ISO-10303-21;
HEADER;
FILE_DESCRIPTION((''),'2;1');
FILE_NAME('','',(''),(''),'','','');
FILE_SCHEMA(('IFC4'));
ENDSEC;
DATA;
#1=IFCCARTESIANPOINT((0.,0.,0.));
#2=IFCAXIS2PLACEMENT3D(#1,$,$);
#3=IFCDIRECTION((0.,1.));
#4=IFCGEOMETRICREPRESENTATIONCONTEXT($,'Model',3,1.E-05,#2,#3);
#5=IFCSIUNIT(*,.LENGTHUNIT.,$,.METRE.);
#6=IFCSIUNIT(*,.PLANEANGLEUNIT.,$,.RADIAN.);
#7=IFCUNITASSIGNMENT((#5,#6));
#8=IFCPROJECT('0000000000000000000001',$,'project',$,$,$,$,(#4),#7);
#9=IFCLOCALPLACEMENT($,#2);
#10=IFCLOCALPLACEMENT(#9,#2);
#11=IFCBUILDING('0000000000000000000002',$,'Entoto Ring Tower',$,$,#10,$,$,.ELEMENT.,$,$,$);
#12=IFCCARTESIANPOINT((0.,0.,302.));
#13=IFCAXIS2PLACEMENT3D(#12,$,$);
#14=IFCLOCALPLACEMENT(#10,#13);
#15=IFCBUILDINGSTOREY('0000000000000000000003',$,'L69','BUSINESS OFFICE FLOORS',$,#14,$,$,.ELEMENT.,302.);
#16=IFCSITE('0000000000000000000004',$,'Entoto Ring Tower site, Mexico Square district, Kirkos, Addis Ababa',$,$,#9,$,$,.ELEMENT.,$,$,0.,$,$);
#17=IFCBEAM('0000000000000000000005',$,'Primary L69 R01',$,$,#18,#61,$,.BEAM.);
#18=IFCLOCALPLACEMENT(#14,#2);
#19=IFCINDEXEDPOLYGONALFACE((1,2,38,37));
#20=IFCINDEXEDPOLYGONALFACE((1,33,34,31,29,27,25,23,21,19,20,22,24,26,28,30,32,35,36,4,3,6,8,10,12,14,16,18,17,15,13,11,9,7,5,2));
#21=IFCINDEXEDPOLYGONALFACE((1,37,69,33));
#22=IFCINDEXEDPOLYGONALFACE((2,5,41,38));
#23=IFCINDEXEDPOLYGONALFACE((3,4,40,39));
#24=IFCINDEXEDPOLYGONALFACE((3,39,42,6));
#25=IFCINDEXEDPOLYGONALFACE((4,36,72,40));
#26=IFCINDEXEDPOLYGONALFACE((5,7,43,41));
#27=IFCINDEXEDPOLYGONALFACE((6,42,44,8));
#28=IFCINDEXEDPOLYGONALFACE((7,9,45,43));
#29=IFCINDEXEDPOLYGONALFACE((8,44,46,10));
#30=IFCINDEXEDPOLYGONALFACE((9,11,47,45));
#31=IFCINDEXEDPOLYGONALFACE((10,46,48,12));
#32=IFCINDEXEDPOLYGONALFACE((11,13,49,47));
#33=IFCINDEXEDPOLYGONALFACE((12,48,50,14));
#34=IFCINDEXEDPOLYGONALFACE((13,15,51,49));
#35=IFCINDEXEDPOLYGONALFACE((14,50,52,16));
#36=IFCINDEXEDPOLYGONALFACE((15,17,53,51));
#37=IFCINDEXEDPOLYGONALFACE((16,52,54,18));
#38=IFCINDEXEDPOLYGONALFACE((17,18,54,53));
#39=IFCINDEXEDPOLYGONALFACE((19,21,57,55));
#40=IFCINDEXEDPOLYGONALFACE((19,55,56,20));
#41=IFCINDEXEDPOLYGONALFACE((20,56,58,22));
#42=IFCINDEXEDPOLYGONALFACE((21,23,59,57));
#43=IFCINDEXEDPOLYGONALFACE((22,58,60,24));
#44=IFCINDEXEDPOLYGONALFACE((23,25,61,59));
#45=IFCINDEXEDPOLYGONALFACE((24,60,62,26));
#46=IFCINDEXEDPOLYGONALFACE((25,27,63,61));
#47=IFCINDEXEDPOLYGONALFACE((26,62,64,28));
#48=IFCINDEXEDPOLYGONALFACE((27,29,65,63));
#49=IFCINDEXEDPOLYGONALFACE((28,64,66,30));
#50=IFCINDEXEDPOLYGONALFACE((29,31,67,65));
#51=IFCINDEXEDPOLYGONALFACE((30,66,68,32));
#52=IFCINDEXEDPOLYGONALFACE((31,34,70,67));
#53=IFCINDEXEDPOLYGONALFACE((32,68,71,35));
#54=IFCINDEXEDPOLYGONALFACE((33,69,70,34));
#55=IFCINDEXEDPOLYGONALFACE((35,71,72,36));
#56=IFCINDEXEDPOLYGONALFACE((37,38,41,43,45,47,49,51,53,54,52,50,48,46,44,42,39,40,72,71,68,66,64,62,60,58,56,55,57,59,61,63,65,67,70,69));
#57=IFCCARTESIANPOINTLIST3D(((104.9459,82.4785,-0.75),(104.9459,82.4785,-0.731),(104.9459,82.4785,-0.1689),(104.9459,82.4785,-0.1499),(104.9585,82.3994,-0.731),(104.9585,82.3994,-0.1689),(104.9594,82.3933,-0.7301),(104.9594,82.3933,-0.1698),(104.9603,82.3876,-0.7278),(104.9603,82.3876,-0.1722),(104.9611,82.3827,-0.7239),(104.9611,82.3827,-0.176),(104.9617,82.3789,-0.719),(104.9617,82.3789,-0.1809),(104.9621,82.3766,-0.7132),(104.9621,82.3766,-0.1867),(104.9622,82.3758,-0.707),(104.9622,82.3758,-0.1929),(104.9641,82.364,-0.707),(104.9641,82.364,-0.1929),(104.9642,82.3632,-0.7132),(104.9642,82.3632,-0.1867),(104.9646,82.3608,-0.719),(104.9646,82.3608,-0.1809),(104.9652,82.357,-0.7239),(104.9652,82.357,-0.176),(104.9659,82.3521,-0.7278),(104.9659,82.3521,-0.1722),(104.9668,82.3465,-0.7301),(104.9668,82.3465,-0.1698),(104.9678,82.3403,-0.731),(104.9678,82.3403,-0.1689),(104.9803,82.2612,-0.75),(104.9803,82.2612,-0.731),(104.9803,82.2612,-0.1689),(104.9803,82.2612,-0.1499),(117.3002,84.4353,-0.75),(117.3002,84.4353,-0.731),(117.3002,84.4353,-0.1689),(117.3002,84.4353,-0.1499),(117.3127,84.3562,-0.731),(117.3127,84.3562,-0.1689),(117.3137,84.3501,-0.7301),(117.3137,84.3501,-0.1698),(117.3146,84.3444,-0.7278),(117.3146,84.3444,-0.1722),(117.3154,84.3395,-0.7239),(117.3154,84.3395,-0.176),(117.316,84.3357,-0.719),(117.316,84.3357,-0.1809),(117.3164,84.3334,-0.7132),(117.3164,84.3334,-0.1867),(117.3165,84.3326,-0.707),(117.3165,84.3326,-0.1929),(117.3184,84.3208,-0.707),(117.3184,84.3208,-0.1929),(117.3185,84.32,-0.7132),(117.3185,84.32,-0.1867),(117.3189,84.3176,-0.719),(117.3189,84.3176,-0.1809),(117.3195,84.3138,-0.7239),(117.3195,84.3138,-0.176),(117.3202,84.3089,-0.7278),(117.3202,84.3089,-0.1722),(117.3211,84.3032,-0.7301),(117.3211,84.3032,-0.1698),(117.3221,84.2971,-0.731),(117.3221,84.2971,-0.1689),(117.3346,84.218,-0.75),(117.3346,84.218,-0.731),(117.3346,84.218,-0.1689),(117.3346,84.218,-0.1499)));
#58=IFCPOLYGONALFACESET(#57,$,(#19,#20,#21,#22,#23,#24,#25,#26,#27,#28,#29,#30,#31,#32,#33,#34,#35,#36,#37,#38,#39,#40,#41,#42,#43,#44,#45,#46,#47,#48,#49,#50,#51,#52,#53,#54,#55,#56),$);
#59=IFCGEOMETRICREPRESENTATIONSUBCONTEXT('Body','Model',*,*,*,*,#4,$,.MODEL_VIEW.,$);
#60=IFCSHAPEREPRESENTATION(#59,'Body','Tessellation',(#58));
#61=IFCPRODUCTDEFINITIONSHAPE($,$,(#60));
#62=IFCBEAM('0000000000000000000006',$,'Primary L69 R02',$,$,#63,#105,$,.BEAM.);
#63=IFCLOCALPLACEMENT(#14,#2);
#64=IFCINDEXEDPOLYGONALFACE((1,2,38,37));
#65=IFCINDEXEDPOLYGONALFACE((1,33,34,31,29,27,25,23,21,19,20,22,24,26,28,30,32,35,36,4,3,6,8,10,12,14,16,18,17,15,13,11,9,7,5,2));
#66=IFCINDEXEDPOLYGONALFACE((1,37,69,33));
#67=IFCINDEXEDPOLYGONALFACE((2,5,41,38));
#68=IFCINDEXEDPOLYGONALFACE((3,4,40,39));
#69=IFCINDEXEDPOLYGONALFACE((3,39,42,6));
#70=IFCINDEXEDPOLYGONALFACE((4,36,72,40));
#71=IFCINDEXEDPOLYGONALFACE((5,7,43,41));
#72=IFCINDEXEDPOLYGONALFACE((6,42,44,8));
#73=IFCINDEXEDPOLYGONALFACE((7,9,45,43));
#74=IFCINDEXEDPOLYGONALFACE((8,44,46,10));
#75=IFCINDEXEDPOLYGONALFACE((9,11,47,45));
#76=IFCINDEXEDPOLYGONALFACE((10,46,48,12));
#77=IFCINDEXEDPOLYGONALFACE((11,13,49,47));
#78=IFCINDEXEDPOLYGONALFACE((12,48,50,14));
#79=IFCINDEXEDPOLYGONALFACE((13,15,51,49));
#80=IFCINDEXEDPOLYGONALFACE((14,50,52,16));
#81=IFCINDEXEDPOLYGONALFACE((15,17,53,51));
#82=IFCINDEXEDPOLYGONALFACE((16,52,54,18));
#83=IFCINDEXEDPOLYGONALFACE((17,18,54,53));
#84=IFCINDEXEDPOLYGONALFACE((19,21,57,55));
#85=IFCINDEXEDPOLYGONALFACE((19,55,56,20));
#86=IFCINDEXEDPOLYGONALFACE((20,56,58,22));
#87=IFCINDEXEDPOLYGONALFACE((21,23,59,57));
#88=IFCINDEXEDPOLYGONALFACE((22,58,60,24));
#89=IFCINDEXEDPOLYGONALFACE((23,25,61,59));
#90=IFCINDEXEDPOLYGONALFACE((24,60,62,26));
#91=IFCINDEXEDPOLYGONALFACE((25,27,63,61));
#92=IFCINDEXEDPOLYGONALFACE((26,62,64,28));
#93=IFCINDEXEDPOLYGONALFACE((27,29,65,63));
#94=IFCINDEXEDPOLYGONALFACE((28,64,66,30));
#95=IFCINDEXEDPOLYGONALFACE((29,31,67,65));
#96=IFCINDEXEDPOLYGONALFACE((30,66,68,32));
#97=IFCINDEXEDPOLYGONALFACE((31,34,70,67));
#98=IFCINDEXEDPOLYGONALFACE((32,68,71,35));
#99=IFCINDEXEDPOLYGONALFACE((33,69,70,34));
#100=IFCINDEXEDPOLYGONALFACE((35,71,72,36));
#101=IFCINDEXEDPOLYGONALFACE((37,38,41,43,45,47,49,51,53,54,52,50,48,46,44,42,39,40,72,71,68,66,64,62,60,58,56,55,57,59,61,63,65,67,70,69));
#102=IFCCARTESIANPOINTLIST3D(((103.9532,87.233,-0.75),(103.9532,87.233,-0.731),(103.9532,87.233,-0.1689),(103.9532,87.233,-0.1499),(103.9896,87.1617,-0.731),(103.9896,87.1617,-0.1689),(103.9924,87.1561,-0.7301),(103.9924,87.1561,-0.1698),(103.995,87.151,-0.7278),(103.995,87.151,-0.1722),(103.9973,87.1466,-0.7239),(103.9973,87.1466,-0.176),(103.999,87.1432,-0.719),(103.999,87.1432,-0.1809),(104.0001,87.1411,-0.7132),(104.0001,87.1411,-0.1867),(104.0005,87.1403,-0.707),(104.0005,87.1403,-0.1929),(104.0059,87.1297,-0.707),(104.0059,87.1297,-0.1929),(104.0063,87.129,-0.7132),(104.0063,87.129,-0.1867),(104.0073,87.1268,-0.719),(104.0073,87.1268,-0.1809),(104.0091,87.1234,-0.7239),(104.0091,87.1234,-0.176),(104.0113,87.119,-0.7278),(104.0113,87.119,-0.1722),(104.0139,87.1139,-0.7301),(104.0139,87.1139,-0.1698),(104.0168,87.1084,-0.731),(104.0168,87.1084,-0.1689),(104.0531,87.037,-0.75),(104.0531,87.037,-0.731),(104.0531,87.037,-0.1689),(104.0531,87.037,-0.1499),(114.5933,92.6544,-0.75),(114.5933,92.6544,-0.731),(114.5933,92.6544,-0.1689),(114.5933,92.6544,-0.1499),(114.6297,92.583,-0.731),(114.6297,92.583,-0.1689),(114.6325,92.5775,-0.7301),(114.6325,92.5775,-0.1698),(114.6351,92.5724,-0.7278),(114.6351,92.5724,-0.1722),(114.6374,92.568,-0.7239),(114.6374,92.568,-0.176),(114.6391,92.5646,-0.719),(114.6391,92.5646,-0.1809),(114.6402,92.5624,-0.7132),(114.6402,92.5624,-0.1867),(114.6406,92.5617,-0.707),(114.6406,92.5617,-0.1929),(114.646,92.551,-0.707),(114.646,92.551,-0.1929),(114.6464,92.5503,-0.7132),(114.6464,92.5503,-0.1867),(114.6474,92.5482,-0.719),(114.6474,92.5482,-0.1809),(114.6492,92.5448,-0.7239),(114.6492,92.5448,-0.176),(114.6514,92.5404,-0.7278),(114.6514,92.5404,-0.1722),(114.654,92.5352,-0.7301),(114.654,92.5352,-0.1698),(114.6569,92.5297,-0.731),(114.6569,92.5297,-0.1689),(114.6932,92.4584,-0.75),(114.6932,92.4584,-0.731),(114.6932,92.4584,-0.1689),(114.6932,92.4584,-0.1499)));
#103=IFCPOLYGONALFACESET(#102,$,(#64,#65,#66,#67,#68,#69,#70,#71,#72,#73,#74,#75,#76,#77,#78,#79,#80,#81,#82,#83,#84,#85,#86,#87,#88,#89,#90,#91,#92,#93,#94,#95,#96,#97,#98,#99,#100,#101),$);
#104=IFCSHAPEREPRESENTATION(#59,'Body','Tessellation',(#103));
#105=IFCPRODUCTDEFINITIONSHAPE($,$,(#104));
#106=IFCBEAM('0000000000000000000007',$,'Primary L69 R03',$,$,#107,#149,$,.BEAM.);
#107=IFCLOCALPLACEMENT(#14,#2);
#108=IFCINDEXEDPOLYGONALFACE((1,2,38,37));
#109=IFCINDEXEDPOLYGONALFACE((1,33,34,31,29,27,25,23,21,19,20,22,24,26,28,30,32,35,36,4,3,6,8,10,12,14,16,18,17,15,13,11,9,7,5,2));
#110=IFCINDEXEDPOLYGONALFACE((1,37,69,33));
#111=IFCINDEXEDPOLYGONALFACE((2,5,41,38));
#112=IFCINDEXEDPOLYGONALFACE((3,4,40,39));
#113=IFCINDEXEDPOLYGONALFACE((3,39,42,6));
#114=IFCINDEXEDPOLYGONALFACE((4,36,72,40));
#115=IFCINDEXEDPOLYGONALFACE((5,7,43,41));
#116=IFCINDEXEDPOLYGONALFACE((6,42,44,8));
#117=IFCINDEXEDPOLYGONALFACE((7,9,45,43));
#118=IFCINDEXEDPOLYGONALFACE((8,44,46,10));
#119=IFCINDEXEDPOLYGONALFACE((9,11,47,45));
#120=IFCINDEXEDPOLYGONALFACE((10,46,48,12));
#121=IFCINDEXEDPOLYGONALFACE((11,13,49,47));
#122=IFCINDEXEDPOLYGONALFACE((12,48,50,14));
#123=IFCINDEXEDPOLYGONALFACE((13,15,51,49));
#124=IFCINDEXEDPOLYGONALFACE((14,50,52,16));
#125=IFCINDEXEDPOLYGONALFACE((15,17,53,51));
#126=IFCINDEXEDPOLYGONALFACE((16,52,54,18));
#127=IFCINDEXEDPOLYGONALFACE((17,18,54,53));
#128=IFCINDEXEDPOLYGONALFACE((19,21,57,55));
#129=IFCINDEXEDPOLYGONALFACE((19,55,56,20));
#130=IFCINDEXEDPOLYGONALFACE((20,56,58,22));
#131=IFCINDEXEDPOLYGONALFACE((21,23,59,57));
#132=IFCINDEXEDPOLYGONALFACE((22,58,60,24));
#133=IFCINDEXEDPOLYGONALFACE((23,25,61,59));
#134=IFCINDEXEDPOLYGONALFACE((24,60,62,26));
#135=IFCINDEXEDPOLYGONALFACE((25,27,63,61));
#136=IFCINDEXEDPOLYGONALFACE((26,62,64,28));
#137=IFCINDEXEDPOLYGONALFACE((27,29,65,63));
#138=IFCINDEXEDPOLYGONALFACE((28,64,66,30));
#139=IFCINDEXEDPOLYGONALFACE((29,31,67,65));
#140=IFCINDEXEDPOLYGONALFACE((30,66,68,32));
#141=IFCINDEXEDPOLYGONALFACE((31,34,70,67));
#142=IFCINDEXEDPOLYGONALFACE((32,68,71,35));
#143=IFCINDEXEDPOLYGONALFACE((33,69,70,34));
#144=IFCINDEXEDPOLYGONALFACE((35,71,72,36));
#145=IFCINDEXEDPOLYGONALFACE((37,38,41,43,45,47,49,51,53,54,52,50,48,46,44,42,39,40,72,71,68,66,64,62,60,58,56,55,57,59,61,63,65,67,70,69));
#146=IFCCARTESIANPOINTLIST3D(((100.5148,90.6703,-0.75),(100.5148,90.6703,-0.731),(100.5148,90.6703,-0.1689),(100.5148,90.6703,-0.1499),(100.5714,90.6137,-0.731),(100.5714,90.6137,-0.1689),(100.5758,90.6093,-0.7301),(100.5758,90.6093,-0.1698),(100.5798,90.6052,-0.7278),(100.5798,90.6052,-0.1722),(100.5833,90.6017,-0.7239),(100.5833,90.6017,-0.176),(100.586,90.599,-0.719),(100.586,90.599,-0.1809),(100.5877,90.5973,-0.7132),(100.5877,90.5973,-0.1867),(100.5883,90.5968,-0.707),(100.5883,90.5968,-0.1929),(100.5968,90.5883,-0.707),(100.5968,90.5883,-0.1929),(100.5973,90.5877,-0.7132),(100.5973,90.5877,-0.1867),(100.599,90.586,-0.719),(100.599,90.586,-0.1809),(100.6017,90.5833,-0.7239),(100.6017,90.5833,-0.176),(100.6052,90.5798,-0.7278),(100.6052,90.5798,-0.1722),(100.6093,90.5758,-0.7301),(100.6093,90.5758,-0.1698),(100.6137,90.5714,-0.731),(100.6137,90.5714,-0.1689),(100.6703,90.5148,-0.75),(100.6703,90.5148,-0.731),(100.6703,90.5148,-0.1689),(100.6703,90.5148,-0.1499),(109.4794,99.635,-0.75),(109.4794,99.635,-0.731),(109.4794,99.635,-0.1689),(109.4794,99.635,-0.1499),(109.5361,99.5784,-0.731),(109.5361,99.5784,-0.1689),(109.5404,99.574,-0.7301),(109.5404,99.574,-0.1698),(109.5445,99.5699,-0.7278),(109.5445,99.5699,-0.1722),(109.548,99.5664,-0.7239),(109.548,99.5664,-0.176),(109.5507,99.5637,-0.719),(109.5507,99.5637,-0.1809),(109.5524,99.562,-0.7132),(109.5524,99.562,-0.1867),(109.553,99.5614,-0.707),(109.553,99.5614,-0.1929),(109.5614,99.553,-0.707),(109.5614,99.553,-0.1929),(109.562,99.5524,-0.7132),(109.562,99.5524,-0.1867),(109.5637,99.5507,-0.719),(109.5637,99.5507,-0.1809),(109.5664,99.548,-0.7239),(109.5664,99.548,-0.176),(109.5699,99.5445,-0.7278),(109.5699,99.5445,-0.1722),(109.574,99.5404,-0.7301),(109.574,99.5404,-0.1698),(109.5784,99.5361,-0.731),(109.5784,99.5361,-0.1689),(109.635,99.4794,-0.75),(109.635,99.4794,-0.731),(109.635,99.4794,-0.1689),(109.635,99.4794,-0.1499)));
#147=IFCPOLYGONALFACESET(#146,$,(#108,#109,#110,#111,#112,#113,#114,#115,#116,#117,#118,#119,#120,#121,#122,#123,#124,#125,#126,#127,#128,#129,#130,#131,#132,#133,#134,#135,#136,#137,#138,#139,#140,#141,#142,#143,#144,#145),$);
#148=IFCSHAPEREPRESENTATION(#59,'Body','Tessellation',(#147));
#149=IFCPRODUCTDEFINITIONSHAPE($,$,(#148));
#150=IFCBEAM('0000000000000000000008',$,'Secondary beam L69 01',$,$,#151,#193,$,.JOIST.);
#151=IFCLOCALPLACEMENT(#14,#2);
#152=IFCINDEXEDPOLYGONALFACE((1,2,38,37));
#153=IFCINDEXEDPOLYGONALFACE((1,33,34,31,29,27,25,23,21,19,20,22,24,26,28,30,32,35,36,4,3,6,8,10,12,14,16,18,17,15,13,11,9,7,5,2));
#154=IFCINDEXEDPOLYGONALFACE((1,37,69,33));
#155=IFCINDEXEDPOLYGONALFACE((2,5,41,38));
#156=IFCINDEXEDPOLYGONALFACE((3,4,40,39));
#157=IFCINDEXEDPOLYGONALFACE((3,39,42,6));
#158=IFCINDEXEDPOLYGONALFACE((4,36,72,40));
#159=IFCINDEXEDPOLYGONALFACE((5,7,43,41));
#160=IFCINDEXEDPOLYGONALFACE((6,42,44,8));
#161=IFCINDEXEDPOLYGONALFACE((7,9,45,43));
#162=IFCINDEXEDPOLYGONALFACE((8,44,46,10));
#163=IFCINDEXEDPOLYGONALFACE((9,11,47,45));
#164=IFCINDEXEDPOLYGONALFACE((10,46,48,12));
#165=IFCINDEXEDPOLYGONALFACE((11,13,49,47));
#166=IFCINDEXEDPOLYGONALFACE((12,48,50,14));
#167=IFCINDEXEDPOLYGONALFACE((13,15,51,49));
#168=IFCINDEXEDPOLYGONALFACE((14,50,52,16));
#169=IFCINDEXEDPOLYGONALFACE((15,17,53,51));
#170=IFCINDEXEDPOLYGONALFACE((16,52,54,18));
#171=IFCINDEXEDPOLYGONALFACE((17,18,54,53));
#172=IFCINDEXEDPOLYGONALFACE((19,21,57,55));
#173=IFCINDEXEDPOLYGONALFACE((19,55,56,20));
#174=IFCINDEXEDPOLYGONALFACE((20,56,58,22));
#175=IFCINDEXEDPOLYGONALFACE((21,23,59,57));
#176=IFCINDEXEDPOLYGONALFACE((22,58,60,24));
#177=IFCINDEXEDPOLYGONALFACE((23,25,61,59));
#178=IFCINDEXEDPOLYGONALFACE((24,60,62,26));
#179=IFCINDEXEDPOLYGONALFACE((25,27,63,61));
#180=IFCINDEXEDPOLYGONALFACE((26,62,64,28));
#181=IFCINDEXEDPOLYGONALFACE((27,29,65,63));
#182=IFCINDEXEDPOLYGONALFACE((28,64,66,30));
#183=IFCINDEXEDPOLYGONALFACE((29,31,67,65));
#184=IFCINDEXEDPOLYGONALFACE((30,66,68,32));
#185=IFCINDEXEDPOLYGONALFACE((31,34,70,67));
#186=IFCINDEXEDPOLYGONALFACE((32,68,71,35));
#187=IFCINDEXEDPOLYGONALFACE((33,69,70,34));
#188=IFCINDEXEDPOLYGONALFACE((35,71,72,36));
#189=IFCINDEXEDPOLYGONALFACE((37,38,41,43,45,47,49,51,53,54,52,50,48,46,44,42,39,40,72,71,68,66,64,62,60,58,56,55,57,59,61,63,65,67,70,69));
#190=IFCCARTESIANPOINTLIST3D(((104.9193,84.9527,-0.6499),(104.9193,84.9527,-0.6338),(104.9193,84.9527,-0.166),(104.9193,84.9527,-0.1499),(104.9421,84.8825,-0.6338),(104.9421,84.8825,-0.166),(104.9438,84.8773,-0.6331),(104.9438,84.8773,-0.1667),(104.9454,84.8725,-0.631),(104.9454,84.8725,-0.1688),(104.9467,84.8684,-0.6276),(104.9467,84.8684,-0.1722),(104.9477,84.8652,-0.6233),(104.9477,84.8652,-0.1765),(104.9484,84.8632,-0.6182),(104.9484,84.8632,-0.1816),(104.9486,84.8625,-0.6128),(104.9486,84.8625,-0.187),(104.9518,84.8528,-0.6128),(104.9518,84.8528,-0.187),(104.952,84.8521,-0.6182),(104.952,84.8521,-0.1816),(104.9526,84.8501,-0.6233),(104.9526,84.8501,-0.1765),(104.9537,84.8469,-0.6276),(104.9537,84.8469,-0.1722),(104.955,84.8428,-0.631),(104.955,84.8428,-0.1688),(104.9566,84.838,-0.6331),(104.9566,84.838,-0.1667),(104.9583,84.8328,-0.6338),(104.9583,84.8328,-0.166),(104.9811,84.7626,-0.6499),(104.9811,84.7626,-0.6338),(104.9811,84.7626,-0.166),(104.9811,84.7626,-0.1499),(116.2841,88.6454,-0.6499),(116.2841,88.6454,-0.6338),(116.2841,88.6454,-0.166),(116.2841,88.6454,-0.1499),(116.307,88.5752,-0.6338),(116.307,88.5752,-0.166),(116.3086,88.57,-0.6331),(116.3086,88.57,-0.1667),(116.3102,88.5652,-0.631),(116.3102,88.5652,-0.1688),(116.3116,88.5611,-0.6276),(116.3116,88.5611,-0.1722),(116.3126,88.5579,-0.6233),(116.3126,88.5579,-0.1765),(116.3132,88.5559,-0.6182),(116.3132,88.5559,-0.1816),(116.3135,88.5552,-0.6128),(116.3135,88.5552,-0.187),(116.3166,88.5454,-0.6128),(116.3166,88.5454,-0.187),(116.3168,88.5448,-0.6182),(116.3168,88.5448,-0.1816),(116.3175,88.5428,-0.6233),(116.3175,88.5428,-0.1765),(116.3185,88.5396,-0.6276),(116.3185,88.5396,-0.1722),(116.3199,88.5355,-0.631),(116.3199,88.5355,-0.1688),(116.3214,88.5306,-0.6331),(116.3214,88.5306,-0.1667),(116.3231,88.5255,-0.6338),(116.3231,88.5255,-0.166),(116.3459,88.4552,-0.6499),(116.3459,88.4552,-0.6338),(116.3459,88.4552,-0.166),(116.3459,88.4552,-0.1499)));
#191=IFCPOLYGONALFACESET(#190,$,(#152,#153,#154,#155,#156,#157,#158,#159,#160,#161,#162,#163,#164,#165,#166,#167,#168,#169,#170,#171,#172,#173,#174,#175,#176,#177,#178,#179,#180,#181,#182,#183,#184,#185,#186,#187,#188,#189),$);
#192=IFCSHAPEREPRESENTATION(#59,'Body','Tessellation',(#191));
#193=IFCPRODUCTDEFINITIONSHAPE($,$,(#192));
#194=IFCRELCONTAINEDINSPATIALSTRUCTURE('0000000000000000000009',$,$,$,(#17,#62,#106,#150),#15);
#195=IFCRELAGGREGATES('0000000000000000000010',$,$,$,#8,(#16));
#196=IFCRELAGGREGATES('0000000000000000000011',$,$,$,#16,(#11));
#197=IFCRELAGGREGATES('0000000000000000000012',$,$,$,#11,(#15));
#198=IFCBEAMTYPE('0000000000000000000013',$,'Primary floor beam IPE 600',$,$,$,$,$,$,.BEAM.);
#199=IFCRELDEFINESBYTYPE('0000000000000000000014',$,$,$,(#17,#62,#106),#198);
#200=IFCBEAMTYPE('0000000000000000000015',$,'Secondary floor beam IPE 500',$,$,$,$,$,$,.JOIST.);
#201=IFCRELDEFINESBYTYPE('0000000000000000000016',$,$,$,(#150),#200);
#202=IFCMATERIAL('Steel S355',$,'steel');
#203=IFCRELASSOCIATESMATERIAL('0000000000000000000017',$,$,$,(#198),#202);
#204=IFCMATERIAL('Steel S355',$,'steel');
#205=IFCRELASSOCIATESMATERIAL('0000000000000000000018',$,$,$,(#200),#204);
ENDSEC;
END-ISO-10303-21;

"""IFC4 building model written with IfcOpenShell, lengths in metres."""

from ifc_helpers import new_model, si_unit, direction, frame, origin, origin_2d, place, context, subcontext, project, spatial, i_section, extrude, material, material_profile, profile_set, type_object, element, save


model = new_model("IFC4")

# Units and contexts
model_context = context("Model", 3, precision=1e-05, world=origin(), true_north=direction((0.0, 1.0)))
body_context = subcontext(model_context, "Body", "Model", "MODEL_VIEW")
ifc_project = project(units=[si_unit("LENGTHUNIT", "METRE"), si_unit("PLANEANGLEUNIT", "RADIAN")], contexts=[model_context])

# Site, building, storey
site_placement = place(None, origin())
site = spatial("IfcSite", under=ifc_project, at=site_placement, Name="Entoto Ring Tower site, Mexico Square district, Kirkos, Addis Ababa", CompositionType="ELEMENT", RefElevation=0.0)
building_placement = place(site_placement, origin())
building = spatial("IfcBuilding", under=site, at=building_placement, Name="Entoto Ring Tower", CompositionType="ELEMENT")
storey_placement = place(building_placement, frame((0.0, 0.0, 302.0)))
storey = spatial("IfcBuildingStorey", under=building, at=storey_placement, Name="L69", Description="BUSINESS OFFICE FLOORS", CompositionType="ELEMENT", Elevation=302.0)

# Beams
ifc_material_1 = material(Name="Steel S355", Category="steel")
ifc_material_profile_1 = material_profile(ifc_material_1, i_section(OverallWidth=0.22, OverallDepth=0.6001, WebThickness=0.012, FlangeThickness=0.019, FilletRadius=0.0239, at=origin_2d()), Name="IPE 600")
ifc_profile_set_1 = profile_set([ifc_material_profile_1], Name="Steel S355")
beam_type_1 = type_object("IfcBeamType", Name="Primary floor beam IPE 600", PredefinedType="BEAM", material=ifc_profile_set_1)
beam_1_placement = place(storey_placement, frame((104.9631, 82.3699, -0.45), z_axis=(0.987688, 0.15644, 0.0), x_axis=(-0.15644, 0.987688, 0.0)))
element("IfcBeam", 1, at=beam_1_placement, inside=storey, type_object=beam_type_1, Name="Primary L69 R01", PredefinedType="BEAM", context=body_context, shape_type="SweptSolid", body=[
    extrude(i_section(OverallWidth=0.22, OverallDepth=0.6001, WebThickness=0.012, FlangeThickness=0.019, FilletRadius=0.0239, at=origin_2d()), origin(), (0.0, 0.0, 1.0), 12.5083),
])
beam_2_placement = place(storey_placement, frame((104.0032, 87.135, -0.45), z_axis=(0.891008, 0.453988, 0.0), x_axis=(-0.453988, 0.891008, 0.0)))
element("IfcBeam", 2, at=beam_2_placement, inside=storey, type_object=beam_type_1, Name="Primary L69 R02", PredefinedType="BEAM", context=body_context, shape_type="SweptSolid", body=[
    extrude(i_section(OverallWidth=0.22, OverallDepth=0.6001, WebThickness=0.012, FlangeThickness=0.019, FilletRadius=0.0239, at=origin_2d()), origin(), (0.0, 0.0, 1.0), 11.9417),
])
beam_3_placement = place(storey_placement, frame((100.5925, 90.5925, -0.45), z_axis=(0.707107, 0.707107, 0.0), x_axis=(-0.707107, 0.707107, 0.0)))
element("IfcBeam", 3, at=beam_3_placement, inside=storey, type_object=beam_type_1, Name="Primary L69 R03", PredefinedType="BEAM", context=body_context, shape_type="SweptSolid", body=[
    extrude(i_section(OverallWidth=0.22, OverallDepth=0.6001, WebThickness=0.012, FlangeThickness=0.019, FilletRadius=0.0239, at=origin_2d()), origin(), (0.0, 0.0, 1.0), 12.678),
])
ifc_material_2 = material(Name="Steel S355", Category="steel")
ifc_material_profile_2 = material_profile(ifc_material_2, i_section(OverallWidth=0.2, OverallDepth=0.5, WebThickness=0.0103, FlangeThickness=0.0161, FilletRadius=0.021, at=origin_2d()), Name="IPE 500")
ifc_profile_set_2 = profile_set([ifc_material_profile_2], Name="Steel S355")
beam_type_2 = type_object("IfcBeamType", Name="Secondary floor beam IPE 500", PredefinedType="JOIST", material=ifc_profile_set_2)
beam_4_placement = place(storey_placement, frame((104.9502, 84.8577, -0.3999), z_axis=(0.951057, 0.309017, 0.0), x_axis=(-0.309017, 0.951057, 0.0)))
element("IfcBeam", 4, at=beam_4_placement, inside=storey, type_object=beam_type_2, Name="Secondary beam L69 01", PredefinedType="JOIST", context=body_context, shape_type="SweptSolid", body=[
    extrude(i_section(OverallWidth=0.2, OverallDepth=0.5, WebThickness=0.0103, FlangeThickness=0.0161, FilletRadius=0.021, at=origin_2d()), origin(), (0.0, 0.0, 1.0), 11.9497),
])

save(model, "model.ifc")
